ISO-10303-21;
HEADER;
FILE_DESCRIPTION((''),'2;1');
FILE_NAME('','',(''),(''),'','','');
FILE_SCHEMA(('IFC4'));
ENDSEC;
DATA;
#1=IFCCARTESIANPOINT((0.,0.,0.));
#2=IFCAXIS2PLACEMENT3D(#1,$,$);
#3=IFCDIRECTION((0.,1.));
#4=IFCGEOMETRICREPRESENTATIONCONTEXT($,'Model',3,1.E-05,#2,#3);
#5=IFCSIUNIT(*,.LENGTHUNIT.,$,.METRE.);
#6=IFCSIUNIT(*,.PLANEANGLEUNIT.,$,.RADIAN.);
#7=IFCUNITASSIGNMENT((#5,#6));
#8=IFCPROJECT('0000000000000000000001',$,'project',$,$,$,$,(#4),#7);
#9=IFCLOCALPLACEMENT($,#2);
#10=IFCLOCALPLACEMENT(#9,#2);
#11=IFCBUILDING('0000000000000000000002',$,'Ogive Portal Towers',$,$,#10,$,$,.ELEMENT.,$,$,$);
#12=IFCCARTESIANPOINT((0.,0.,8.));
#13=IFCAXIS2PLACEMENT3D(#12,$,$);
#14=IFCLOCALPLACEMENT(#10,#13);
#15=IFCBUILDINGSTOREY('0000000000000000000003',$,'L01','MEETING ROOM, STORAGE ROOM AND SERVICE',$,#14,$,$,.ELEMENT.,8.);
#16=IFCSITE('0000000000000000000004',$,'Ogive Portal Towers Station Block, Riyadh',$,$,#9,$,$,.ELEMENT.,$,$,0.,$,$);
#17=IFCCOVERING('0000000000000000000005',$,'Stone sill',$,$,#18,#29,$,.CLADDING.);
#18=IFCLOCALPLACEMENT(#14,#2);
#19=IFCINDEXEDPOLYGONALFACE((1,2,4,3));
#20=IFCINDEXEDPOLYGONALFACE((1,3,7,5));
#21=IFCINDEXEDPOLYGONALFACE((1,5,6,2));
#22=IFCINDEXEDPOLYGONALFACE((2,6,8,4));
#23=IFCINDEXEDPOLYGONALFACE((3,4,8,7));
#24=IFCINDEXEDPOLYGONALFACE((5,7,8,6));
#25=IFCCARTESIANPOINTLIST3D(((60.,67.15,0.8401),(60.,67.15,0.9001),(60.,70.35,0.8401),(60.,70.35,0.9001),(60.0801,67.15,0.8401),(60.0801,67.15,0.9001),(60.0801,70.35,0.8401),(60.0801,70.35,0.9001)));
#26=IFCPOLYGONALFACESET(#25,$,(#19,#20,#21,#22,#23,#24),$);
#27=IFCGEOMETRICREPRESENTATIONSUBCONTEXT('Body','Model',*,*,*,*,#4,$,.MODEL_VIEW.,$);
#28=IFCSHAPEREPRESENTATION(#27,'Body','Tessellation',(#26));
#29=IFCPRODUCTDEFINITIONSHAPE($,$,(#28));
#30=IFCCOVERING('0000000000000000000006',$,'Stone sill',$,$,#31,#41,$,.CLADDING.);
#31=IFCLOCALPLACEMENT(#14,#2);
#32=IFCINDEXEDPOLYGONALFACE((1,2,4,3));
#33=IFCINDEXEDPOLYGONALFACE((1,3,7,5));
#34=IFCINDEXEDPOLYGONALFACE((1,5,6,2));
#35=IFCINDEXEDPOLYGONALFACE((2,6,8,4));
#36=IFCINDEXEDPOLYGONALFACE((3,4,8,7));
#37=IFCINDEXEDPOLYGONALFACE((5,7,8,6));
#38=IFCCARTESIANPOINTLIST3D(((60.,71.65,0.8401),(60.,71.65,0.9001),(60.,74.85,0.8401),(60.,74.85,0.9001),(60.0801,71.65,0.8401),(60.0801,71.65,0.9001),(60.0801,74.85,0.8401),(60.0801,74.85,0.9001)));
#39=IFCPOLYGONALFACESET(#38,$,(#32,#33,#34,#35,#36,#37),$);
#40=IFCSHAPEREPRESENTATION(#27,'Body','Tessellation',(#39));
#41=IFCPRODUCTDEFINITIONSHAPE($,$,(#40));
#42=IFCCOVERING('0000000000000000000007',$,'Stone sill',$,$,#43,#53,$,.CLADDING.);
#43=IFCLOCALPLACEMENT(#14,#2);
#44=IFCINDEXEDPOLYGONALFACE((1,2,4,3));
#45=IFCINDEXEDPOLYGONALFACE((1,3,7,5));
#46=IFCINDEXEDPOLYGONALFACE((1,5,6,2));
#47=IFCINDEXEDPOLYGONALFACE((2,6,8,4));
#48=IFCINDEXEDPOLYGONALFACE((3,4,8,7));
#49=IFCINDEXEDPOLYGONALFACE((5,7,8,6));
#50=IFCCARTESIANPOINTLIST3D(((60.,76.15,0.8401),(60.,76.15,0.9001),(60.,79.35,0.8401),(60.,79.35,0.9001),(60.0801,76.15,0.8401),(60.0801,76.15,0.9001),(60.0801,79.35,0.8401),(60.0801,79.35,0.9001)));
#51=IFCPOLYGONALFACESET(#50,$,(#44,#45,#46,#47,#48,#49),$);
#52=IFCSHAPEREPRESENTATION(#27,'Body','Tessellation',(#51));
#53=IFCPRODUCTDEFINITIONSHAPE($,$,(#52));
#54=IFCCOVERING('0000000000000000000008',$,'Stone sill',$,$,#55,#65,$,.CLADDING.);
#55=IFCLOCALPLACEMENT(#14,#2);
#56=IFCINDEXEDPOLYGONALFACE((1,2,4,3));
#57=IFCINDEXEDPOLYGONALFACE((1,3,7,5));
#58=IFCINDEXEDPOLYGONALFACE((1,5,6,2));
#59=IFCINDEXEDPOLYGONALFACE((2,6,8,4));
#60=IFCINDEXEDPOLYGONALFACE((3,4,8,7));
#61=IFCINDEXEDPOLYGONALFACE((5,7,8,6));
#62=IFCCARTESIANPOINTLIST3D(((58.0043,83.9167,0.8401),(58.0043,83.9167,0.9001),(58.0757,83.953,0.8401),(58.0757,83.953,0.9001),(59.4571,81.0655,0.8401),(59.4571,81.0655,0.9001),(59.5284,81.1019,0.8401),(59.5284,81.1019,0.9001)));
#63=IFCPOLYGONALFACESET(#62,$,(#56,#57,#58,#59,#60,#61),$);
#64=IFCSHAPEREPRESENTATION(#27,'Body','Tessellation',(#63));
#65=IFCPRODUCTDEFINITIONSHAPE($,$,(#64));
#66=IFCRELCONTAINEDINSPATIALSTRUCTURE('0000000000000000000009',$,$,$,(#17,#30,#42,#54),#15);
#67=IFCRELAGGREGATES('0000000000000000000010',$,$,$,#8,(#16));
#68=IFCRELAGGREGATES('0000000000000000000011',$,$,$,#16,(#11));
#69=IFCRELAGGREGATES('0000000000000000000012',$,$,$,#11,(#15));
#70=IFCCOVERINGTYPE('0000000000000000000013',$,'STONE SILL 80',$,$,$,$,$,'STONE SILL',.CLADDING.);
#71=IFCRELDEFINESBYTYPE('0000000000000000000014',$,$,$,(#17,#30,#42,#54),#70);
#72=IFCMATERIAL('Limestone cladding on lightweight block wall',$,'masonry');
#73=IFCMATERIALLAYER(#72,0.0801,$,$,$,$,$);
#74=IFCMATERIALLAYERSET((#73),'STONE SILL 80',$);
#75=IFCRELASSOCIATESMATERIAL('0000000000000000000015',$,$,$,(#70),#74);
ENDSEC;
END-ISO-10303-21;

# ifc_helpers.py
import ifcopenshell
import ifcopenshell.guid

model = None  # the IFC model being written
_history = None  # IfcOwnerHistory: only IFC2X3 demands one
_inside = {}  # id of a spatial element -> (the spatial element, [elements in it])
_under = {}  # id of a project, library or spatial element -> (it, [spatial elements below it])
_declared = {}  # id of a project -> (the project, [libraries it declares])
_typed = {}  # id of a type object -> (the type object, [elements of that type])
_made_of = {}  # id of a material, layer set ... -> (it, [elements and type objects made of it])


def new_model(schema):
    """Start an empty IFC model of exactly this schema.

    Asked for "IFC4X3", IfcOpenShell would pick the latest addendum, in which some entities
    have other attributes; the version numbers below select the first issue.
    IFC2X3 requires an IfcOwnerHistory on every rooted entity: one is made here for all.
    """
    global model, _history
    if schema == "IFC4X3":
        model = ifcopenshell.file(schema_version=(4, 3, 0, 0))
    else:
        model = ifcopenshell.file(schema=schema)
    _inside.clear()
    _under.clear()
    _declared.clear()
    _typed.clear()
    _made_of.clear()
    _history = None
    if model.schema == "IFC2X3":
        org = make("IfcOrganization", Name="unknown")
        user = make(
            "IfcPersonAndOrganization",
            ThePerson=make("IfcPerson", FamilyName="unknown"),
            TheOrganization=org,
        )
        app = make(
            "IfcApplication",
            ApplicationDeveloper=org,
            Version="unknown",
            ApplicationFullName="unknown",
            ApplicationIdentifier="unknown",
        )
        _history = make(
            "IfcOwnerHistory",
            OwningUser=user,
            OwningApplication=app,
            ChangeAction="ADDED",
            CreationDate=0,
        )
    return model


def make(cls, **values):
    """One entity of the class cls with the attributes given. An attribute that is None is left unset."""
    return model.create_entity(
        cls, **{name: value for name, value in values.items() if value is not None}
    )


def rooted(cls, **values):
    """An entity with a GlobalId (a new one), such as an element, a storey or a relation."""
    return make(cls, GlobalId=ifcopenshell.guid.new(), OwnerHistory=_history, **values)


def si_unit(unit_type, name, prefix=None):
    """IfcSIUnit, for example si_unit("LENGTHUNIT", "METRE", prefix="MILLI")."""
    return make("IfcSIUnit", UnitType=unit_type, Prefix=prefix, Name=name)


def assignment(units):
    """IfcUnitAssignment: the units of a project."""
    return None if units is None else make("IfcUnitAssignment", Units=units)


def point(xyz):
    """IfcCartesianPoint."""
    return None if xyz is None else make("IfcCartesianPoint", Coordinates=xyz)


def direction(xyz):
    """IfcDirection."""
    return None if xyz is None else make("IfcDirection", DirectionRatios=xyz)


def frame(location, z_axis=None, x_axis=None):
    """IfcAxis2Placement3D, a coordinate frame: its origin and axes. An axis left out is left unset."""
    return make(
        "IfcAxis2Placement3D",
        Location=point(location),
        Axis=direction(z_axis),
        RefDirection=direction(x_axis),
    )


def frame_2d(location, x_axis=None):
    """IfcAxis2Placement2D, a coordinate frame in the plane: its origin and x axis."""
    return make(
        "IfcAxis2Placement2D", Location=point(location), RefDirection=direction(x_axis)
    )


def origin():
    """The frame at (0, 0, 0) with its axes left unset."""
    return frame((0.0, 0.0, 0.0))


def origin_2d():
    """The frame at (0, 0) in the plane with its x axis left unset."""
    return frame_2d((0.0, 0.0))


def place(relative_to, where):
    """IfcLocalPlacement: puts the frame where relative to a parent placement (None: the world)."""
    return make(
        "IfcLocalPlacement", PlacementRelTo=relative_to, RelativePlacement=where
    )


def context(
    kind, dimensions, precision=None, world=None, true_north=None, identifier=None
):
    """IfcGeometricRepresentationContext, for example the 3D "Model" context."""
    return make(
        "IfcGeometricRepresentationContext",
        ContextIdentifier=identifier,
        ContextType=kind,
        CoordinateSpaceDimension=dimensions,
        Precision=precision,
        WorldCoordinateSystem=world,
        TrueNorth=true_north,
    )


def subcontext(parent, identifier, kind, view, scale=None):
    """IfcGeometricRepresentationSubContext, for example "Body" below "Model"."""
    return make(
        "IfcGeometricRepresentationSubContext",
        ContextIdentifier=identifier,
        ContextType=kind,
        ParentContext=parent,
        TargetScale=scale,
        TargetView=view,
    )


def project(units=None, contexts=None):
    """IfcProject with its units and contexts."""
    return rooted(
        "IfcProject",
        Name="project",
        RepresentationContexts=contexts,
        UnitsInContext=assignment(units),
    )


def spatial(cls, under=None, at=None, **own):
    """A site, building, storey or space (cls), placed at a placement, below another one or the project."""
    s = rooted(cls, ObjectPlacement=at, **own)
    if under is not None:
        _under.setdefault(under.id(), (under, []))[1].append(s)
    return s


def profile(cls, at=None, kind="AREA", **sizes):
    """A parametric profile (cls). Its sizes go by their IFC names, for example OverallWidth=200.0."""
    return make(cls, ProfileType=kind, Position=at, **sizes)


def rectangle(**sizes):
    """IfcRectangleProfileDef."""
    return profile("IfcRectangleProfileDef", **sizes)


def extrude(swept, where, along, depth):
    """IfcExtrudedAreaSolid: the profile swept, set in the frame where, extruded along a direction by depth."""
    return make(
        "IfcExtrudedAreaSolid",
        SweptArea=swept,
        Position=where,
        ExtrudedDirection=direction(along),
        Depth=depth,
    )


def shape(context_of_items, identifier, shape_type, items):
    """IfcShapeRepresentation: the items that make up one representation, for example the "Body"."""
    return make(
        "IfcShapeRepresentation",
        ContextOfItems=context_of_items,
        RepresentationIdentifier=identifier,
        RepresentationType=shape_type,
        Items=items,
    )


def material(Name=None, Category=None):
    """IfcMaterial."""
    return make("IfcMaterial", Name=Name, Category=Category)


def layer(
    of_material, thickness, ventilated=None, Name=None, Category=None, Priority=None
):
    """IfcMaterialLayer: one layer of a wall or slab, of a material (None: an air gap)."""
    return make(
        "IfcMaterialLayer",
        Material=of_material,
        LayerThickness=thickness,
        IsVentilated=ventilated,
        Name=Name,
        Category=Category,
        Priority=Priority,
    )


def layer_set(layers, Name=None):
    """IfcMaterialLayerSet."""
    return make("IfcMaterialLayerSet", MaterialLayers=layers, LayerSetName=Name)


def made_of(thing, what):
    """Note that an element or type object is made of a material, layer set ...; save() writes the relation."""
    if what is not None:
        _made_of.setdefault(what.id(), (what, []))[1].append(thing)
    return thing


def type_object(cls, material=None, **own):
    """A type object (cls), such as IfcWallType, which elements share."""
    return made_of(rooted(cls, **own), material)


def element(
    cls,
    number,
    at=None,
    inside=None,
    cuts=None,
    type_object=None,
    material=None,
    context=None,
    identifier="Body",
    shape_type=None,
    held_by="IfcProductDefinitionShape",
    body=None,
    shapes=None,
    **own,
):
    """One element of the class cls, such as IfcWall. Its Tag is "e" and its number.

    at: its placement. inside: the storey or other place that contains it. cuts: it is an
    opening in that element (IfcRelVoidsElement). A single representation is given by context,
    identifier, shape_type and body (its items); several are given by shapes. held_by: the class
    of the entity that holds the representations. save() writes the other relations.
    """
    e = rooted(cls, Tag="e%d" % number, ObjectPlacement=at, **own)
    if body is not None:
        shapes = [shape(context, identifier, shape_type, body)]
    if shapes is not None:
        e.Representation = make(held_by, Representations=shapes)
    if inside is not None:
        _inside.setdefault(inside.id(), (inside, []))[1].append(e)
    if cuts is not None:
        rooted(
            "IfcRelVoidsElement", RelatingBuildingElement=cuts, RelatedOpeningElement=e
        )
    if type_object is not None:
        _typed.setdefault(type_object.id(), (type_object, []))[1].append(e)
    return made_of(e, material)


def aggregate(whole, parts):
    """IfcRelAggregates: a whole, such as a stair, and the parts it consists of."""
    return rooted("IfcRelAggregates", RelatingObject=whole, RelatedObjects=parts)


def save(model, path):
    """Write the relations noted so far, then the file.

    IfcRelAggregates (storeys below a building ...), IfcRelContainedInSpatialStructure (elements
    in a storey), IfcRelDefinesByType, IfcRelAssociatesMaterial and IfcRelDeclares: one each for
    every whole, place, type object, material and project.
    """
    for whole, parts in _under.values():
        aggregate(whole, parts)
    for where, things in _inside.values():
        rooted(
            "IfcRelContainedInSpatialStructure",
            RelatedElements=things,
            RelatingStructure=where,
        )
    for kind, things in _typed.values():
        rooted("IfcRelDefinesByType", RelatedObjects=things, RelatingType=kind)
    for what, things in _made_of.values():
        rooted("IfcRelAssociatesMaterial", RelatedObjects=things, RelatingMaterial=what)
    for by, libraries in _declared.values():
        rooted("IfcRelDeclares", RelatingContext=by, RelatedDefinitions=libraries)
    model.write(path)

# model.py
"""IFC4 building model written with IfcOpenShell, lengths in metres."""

from ifc_helpers import new_model, si_unit, direction, frame, origin, origin_2d, place, context, subcontext, project, spatial, rectangle, extrude, material, layer, layer_set, type_object, element, save


model = new_model("IFC4")

# Units and contexts
model_context = context("Model", 3, precision=1e-05, world=origin(), true_north=direction((0.0, 1.0)))
body_context = subcontext(model_context, "Body", "Model", "MODEL_VIEW")
ifc_project = project(units=[si_unit("LENGTHUNIT", "METRE"), si_unit("PLANEANGLEUNIT", "RADIAN")], contexts=[model_context])

# Site, building, storey
site_placement = place(None, origin())
site = spatial("IfcSite", under=ifc_project, at=site_placement, Name="Ogive Portal Towers Station Block, Riyadh", CompositionType="ELEMENT", RefElevation=0.0)
building_placement = place(site_placement, origin())
building = spatial("IfcBuilding", under=site, at=building_placement, Name="Ogive Portal Towers", CompositionType="ELEMENT")
storey_placement = place(building_placement, frame((0.0, 0.0, 8.0)))
storey = spatial("IfcBuildingStorey", under=building, at=storey_placement, Name="L01", Description="MEETING ROOM, STORAGE ROOM AND SERVICE", CompositionType="ELEMENT", Elevation=8.0)

# Shared definitions
ifc_material_1 = material(Name="Limestone cladding on lightweight block wall", Category="masonry")

# Coverings
ifc_layer_1 = layer(ifc_material_1, 0.0801)
ifc_layer_set_1 = layer_set([ifc_layer_1], Name="STONE SILL 80")
covering_type_1 = type_object("IfcCoveringType", Name="STONE SILL 80", ElementType="STONE SILL", PredefinedType="CLADDING", material=ifc_layer_set_1)
for number, where, z_axis, x_axis, name in (
    (1, (60.04, 68.75, 0.8401), (0.0, 0.0, 1.0), (0.0, 1.0, 0.0), "Stone sill"),
    (2, (60.04, 73.25, 0.8401), (0.0, 0.0, 1.0), (0.0, 1.0, 0.0), "Stone sill"),
    (3, (60.04, 77.75, 0.8401), (0.0, 0.0, 1.0), (0.0, 1.0, 0.0), "Stone sill"),
    (4, (58.7664, 82.5093, 0.8401), (0.0, 0.0, 1.0), (-0.45399, 0.891007, 0.0), "Stone sill"),
):
    element("IfcCovering", number, at=place(storey_placement, frame(where, z_axis=z_axis, x_axis=x_axis)), inside=storey, type_object=covering_type_1, Name=name, PredefinedType="CLADDING", context=body_context, shape_type="SweptSolid", body=[
        extrude(rectangle(XDim=3.2, YDim=0.0801, at=origin_2d()), origin(), (0.0, 0.0, 1.0), 0.0601),
    ])

save(model, "model.ifc")
